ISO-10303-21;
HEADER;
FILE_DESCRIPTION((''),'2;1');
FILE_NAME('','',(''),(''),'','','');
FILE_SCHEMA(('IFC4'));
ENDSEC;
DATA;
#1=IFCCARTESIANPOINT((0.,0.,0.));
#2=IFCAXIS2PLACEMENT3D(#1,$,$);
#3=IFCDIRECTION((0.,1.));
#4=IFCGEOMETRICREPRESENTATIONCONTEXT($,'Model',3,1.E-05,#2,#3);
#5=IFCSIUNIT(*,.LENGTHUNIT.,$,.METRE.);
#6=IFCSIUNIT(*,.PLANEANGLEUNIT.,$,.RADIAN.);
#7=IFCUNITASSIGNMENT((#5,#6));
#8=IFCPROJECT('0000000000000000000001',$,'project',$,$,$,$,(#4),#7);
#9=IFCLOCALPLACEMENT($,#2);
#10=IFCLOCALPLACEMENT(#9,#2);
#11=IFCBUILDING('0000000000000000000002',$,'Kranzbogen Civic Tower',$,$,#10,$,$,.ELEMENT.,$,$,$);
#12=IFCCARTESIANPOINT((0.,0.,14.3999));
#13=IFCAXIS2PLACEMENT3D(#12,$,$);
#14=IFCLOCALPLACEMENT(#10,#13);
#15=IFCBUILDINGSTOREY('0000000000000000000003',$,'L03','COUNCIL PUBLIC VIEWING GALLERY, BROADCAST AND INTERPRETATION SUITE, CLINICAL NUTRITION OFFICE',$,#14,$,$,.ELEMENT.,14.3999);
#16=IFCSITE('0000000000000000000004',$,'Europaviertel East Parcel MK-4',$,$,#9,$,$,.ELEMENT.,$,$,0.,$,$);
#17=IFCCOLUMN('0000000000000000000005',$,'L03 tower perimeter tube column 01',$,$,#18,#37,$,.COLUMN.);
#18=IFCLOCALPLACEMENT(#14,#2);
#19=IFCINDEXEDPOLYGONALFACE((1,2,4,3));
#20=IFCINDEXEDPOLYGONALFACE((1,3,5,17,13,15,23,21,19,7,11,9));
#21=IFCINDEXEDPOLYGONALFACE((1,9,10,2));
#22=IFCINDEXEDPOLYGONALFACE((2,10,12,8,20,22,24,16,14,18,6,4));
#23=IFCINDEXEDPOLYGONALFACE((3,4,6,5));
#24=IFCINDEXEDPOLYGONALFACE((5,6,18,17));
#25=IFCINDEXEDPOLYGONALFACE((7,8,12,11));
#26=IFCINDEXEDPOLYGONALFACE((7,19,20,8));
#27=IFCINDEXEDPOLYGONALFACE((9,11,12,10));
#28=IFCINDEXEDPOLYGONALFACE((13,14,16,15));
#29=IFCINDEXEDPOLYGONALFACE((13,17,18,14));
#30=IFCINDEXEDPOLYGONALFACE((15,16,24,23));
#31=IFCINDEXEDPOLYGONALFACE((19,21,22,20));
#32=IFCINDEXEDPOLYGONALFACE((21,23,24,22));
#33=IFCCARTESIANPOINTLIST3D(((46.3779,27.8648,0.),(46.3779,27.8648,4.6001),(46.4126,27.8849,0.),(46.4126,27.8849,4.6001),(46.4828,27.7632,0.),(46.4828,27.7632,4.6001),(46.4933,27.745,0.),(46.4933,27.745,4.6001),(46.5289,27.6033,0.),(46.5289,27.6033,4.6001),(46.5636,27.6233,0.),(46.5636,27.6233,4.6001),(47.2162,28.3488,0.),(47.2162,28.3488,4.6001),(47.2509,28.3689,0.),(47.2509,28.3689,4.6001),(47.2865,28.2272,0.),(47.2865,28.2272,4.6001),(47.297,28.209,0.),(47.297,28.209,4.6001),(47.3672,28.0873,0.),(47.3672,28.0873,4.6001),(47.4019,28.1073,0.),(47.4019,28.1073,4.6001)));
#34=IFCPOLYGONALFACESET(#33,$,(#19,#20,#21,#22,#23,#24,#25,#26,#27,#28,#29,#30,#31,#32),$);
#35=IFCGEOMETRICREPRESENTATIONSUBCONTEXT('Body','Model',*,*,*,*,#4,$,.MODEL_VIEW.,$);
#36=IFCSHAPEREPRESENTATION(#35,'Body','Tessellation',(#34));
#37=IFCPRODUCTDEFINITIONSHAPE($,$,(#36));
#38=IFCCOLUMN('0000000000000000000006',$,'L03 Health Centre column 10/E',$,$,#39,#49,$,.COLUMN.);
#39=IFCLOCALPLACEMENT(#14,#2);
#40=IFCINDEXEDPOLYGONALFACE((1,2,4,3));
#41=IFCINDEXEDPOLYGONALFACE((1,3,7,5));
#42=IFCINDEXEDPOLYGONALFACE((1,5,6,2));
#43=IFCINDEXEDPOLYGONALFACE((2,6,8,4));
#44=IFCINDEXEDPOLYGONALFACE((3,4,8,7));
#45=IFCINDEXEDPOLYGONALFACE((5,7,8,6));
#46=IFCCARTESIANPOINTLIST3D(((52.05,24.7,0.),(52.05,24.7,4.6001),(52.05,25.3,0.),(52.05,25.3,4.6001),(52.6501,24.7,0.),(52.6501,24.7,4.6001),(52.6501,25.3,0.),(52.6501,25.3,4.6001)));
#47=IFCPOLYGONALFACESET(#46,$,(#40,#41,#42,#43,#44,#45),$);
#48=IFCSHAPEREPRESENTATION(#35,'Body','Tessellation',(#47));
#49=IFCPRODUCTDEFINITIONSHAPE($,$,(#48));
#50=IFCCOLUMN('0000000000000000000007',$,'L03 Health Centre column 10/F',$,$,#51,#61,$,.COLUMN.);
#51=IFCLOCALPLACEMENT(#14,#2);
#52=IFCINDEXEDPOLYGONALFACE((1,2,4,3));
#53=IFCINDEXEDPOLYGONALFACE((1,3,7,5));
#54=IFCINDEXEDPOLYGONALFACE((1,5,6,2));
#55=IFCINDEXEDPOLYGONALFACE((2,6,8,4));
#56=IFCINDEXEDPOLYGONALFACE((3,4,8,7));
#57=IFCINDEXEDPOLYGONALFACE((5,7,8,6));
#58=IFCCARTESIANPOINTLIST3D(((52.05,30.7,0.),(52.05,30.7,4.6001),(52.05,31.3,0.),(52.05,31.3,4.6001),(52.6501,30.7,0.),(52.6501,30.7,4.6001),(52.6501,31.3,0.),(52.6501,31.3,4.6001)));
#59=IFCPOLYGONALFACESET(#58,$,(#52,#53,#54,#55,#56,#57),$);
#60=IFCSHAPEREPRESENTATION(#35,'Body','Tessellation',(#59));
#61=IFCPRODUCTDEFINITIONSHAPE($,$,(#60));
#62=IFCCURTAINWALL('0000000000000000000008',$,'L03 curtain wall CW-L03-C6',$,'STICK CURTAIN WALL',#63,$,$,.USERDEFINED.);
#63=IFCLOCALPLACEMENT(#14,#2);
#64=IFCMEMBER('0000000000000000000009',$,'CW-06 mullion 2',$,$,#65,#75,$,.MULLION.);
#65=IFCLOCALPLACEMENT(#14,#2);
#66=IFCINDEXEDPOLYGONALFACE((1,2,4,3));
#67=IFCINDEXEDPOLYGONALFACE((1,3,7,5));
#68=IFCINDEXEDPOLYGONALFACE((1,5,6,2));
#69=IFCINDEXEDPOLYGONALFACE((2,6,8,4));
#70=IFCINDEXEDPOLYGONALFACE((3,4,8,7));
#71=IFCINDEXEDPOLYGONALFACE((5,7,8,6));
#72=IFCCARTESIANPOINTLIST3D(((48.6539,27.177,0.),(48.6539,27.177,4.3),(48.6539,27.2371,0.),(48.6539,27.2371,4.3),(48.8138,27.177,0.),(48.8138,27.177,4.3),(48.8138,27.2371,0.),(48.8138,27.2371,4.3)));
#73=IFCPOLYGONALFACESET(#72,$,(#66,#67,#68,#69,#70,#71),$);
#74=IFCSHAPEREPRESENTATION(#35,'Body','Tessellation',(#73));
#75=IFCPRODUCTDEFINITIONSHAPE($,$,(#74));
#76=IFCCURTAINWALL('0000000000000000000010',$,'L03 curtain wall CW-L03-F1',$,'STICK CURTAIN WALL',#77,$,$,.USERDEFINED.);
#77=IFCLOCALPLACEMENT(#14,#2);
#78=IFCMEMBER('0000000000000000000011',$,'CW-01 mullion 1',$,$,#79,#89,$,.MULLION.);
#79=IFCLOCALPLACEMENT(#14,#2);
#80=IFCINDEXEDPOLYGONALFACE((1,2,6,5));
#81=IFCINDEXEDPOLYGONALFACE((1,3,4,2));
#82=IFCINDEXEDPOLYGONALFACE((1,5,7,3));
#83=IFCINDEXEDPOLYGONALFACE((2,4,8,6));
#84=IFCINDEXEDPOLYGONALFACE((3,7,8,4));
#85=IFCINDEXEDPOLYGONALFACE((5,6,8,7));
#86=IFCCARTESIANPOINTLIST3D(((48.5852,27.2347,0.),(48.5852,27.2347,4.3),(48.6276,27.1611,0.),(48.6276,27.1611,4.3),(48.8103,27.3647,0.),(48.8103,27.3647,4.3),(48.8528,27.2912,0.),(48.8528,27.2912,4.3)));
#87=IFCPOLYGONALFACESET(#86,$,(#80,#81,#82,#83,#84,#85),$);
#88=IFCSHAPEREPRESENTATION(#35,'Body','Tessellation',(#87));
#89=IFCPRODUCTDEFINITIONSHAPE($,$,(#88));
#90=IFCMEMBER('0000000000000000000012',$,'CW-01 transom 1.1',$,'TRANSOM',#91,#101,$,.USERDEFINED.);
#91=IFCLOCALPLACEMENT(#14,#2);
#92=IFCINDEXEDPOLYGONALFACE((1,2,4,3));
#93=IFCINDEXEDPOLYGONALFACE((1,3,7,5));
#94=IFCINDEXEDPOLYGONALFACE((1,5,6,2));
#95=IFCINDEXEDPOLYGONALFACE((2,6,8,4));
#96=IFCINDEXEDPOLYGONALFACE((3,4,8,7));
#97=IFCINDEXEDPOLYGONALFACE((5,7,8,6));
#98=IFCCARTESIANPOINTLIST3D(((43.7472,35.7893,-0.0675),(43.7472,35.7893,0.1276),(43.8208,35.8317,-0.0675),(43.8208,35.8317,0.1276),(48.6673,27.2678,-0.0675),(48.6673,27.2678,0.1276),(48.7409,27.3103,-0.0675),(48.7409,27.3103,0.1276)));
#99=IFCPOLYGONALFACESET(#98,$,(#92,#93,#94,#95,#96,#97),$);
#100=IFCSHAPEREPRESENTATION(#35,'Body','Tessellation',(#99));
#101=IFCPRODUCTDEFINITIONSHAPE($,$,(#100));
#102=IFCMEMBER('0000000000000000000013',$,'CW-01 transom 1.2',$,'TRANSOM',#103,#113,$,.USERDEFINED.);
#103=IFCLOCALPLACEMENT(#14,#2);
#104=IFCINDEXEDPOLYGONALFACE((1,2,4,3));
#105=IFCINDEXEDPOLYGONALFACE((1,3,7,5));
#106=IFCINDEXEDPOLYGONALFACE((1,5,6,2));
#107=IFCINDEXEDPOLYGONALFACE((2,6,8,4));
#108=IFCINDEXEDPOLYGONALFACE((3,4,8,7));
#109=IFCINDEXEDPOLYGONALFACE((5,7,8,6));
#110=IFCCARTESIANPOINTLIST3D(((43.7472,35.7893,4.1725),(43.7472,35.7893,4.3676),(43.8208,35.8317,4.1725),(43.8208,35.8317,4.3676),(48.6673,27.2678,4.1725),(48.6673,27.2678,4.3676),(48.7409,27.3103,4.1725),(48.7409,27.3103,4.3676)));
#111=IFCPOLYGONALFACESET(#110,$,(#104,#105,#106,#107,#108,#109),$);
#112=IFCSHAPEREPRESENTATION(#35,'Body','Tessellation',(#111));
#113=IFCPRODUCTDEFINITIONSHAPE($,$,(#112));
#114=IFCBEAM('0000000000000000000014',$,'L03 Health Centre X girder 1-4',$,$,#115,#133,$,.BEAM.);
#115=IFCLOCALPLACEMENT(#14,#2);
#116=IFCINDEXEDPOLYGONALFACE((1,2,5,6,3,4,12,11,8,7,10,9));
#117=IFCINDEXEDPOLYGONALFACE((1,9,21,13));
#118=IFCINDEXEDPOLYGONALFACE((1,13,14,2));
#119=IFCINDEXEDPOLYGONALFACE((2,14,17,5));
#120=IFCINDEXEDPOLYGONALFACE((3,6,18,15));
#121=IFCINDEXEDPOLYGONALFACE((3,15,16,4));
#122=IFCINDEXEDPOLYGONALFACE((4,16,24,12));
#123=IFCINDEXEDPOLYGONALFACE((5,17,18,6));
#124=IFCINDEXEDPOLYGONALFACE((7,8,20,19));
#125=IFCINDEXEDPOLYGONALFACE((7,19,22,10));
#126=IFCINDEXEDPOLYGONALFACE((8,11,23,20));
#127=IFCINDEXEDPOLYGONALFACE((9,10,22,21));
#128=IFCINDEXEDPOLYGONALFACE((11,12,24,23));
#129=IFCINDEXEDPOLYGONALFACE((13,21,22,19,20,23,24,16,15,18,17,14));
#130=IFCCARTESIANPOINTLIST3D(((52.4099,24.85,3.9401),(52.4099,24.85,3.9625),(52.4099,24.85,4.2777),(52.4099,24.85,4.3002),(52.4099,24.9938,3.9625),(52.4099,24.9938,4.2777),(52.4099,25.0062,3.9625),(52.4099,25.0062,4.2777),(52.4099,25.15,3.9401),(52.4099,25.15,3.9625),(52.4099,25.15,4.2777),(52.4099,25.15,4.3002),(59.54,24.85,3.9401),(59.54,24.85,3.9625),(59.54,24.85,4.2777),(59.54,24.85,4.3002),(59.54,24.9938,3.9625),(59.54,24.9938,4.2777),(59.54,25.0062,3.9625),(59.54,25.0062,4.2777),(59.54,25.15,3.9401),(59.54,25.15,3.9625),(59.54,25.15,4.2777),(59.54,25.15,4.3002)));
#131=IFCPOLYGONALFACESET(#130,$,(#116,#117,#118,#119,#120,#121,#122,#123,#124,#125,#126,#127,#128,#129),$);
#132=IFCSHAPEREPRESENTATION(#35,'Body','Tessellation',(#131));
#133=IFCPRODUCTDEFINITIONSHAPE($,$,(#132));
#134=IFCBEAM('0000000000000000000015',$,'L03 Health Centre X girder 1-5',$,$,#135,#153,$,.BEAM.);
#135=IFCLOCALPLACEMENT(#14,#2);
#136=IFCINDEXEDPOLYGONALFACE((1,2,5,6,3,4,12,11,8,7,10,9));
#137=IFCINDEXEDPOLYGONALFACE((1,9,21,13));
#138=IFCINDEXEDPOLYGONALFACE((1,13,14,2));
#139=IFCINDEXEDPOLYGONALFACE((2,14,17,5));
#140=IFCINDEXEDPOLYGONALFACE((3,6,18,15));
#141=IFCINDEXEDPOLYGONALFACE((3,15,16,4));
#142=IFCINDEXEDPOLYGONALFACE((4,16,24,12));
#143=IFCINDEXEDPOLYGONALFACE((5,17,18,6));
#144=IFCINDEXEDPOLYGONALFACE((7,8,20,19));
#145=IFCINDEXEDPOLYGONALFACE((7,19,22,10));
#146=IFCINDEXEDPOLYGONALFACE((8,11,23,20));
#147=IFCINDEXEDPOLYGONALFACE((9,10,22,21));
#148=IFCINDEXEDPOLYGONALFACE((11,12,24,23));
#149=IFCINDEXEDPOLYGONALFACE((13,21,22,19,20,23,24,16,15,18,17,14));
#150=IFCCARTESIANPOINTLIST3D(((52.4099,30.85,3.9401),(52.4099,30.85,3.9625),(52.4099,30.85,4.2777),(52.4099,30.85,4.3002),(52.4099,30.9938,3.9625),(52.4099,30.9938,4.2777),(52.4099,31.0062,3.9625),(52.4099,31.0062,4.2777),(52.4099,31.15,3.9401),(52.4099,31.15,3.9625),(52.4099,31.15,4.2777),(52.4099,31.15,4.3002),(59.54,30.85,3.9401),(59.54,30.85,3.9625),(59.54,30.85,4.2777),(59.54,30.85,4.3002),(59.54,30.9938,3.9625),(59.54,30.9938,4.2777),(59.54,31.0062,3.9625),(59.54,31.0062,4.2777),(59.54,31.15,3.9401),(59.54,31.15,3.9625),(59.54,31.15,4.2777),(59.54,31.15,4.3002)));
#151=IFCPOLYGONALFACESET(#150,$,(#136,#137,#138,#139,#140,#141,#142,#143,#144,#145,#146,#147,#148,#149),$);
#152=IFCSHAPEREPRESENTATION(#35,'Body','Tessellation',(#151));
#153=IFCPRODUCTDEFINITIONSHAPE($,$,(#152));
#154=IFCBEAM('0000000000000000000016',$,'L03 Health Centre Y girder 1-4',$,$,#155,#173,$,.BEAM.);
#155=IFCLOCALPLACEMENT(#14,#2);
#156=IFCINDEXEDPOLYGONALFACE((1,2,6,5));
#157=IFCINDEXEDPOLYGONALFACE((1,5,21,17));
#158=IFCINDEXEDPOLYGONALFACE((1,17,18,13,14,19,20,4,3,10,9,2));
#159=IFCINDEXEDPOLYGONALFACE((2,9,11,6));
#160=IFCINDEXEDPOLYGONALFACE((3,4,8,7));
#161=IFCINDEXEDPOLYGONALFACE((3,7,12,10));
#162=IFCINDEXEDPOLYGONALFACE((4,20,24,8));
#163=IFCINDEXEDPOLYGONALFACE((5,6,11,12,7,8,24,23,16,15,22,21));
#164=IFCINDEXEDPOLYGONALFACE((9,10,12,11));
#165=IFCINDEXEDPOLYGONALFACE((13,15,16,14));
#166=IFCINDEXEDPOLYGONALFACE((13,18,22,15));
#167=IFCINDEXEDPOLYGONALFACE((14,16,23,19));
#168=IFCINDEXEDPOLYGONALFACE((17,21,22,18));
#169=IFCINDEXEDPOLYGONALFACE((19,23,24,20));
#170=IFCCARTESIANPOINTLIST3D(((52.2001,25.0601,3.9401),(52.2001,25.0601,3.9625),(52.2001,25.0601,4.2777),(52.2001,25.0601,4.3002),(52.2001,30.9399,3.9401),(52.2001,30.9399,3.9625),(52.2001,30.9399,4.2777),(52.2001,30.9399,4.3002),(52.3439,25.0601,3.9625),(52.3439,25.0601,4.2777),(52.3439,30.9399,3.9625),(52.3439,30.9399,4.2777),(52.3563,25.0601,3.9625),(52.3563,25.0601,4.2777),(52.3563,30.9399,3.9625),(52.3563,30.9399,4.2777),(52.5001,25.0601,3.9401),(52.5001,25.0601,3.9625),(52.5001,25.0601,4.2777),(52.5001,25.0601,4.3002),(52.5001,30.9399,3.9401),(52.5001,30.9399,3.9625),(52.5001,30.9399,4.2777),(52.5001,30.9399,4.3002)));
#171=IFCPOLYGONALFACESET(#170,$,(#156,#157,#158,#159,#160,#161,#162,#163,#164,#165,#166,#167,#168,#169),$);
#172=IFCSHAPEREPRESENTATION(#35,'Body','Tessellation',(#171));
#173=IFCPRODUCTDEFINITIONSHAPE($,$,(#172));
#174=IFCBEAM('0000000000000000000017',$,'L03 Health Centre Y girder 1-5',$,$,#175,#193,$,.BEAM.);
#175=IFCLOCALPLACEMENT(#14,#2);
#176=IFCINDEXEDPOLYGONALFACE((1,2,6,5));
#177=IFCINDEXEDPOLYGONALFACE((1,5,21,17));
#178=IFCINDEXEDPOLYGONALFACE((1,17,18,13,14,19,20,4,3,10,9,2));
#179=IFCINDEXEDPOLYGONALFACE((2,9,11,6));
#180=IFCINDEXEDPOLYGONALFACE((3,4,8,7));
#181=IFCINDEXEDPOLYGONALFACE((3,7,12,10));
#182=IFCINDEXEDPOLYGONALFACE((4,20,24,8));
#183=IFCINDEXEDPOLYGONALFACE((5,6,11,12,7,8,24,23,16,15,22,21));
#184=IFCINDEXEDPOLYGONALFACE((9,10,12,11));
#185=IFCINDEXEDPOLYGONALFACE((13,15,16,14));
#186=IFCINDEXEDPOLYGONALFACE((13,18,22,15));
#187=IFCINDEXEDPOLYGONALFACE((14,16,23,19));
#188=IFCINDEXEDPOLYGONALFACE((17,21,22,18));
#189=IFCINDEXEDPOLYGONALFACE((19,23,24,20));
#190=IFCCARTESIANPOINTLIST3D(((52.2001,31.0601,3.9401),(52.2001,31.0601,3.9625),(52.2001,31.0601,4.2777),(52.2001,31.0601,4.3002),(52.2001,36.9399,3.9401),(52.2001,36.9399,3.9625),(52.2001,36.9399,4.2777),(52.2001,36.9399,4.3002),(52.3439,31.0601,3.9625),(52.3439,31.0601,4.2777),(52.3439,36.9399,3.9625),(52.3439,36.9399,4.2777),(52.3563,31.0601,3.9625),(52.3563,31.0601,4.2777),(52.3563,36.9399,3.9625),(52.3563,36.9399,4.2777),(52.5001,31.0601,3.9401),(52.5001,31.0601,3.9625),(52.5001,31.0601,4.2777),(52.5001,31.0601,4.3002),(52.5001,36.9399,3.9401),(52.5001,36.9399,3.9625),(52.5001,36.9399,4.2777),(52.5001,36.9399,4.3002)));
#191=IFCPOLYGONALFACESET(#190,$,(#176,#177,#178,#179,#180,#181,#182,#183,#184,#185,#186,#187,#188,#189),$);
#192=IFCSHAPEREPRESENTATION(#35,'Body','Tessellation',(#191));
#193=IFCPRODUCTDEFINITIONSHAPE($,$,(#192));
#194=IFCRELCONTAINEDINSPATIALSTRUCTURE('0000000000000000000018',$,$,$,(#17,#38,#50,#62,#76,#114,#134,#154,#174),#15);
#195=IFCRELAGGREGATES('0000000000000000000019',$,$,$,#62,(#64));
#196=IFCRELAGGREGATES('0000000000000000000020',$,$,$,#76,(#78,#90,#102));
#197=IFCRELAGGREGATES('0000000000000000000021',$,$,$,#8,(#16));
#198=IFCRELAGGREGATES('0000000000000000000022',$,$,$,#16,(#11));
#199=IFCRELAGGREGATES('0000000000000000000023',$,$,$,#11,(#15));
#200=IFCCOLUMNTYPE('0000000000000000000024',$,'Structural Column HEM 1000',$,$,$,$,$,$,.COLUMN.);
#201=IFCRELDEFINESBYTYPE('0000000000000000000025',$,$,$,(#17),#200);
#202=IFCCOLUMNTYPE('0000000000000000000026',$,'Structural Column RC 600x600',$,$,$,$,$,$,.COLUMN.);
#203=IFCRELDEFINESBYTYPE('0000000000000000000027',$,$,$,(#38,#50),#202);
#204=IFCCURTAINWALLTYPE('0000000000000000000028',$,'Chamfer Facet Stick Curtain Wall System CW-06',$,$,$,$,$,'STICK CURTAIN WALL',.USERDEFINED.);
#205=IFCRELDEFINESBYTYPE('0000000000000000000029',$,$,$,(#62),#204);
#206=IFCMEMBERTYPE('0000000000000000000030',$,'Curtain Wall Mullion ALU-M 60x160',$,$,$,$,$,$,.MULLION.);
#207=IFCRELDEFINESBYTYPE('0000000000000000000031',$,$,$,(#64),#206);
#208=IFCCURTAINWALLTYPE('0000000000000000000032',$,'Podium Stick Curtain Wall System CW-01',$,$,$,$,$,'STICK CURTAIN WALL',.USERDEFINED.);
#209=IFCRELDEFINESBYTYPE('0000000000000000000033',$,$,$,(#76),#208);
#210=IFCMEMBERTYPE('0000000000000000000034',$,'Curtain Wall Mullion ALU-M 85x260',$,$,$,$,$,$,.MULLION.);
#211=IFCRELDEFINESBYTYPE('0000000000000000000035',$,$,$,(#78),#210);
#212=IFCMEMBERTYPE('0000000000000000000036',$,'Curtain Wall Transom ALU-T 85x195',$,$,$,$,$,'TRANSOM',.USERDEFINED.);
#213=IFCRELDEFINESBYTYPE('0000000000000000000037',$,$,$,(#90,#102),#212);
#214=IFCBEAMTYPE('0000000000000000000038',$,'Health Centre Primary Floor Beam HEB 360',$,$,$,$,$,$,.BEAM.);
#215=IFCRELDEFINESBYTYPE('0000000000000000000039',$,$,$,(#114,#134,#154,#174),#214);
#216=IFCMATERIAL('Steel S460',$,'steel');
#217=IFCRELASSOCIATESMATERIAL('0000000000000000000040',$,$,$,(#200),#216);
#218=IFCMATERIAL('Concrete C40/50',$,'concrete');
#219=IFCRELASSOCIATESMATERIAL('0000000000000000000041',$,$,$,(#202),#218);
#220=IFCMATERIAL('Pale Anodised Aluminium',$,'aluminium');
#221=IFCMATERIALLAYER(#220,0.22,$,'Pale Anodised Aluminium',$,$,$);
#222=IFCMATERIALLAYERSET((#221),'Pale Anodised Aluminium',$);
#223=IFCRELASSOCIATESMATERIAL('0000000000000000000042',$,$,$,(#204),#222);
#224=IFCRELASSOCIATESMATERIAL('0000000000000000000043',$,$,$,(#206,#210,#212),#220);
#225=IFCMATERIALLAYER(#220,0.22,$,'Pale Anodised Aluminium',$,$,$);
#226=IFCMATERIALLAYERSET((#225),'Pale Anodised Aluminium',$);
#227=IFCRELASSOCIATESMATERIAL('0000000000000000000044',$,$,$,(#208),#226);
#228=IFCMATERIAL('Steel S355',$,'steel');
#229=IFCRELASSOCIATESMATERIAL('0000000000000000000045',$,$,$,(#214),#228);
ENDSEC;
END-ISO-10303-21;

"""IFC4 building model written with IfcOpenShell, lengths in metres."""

from ifc_helpers import new_model, si_unit, direction, frame, origin, origin_2d, place, context, subcontext, project, spatial, rectangle, i_section, extrude, material, layer, layer_set, material_profile, profile_set, type_object, element, aggregate, save


model = new_model("IFC4")

# Units and contexts
model_context = context("Model", 3, precision=1e-05, world=origin(), true_north=direction((0.0, 1.0)))
body_context = subcontext(model_context, "Body", "Model", "MODEL_VIEW")
ifc_project = project(units=[si_unit("LENGTHUNIT", "METRE"), si_unit("PLANEANGLEUNIT", "RADIAN")], contexts=[model_context])

# Site, building, storey
site_placement = place(None, origin())
site = spatial("IfcSite", under=ifc_project, at=site_placement, Name="Europaviertel East Parcel MK-4", CompositionType="ELEMENT", RefElevation=0.0)
building_placement = place(site_placement, origin())
building = spatial("IfcBuilding", under=site, at=building_placement, Name="Kranzbogen Civic Tower", CompositionType="ELEMENT")
storey_placement = place(building_placement, frame((0.0, 0.0, 14.3999)))
storey = spatial("IfcBuildingStorey", under=building, at=storey_placement, Name="L03", Description="COUNCIL PUBLIC VIEWING GALLERY, BROADCAST AND INTERPRETATION SUITE, CLINICAL NUTRITION OFFICE", CompositionType="ELEMENT", Elevation=14.3999)

# Columns
ifc_material_1 = material(Name="Steel S460", Category="steel")
ifc_material_profile_1 = material_profile(ifc_material_1, i_section(OverallWidth=0.302, OverallDepth=1.0081, WebThickness=0.021, FlangeThickness=0.04, at=origin_2d()), Name="HEM 1000")
ifc_profile_set_1 = profile_set([ifc_material_profile_1], Name="Steel S460")
column_type_1 = type_object("IfcColumnType", Name="Structural Column HEM 1000", PredefinedType="COLUMN", material=ifc_profile_set_1)
column_placement = place(storey_placement, frame((46.8899, 27.9861, 0.0), z_axis=(0.0, 0.0, 1.0), x_axis=(-0.5, 0.866025, 0.0)))
element("IfcColumn", 1, at=column_placement, inside=storey, type_object=column_type_1, Name="L03 tower perimeter tube column 01", PredefinedType="COLUMN", context=body_context, shape_type="SweptSolid", body=[
    extrude(i_section(OverallWidth=0.302, OverallDepth=1.0081, WebThickness=0.021, FlangeThickness=0.04, at=origin_2d()), origin(), (0.0, 0.0, 1.0), 4.6001),
])
ifc_material_2 = material(Name="Concrete C40/50", Category="concrete")
ifc_material_profile_2 = material_profile(ifc_material_2, rectangle(XDim=0.6001, YDim=0.6001, at=origin_2d()), Name="RC 600x600")
ifc_profile_set_2 = profile_set([ifc_material_profile_2], Name="Concrete C40/50")
column_type_2 = type_object("IfcColumnType", Name="Structural Column RC 600x600", PredefinedType="COLUMN", material=ifc_profile_set_2)
for number, where, z_axis, x_axis, name in (
    (2, (52.3501, 25.0, 0.0), (0.0, 0.0, 1.0), (1.0, 0.0, 0.0), "L03 Health Centre column 10/E"),
    (3, (52.3501, 31.0, 0.0), (0.0, 0.0, 1.0), (1.0, 0.0, 0.0), "L03 Health Centre column 10/F"),
):
    element("IfcColumn", number, at=place(storey_placement, frame(where, z_axis=z_axis, x_axis=x_axis)), inside=storey, type_object=column_type_2, Name=name, PredefinedType="COLUMN", context=body_context, shape_type="SweptSolid", body=[
        extrude(rectangle(XDim=0.6001, YDim=0.6001, at=origin_2d()), origin(), (0.0, 0.0, 1.0), 4.6001),
    ])

# Curtain wall, member
ifc_material_3 = material(Name="Pale Anodised Aluminium", Category="aluminium")
ifc_layer_1 = layer(ifc_material_3, 0.22, Name="Pale Anodised Aluminium")
ifc_layer_set_1 = layer_set([ifc_layer_1], Name="Pale Anodised Aluminium")
curtain_wall_type_1 = type_object("IfcCurtainWallType", Name="Chamfer Facet Stick Curtain Wall System CW-06", ElementType="STICK CURTAIN WALL", PredefinedType="USERDEFINED", material=ifc_layer_set_1)
curtain_wall_1_placement = place(storey_placement, origin())
curtain_wall_1 = element("IfcCurtainWall", 4, at=curtain_wall_1_placement, inside=storey, type_object=curtain_wall_type_1, Name="L03 curtain wall CW-L03-C6", ObjectType="STICK CURTAIN WALL", PredefinedType="USERDEFINED")
ifc_material_profile_3 = material_profile(ifc_material_3, rectangle(XDim=0.0601, YDim=0.1599, at=origin_2d()), Name="ALU-M 60x160")
ifc_profile_set_3 = profile_set([ifc_material_profile_3], Name="Pale Anodised Aluminium")
member_type_1 = type_object("IfcMemberType", Name="Curtain Wall Mullion ALU-M 60x160", PredefinedType="MULLION", material=ifc_profile_set_3)
member_1_placement = place(storey_placement, frame((48.7339, 27.207, 0.0), z_axis=(0.0, 0.0, 1.0), x_axis=(0.0, 1.0, 0.0)))
member_1 = element("IfcMember", 5, at=member_1_placement, type_object=member_type_1, Name="CW-06 mullion 2", PredefinedType="MULLION", context=body_context, shape_type="SweptSolid", body=[
    extrude(rectangle(XDim=0.0601, YDim=0.1599, at=origin_2d()), origin(), (0.0, 0.0, 1.0), 4.3),
])

# Curtain wall, members
ifc_layer_2 = layer(ifc_material_3, 0.22, Name="Pale Anodised Aluminium")
ifc_layer_set_2 = layer_set([ifc_layer_2], Name="Pale Anodised Aluminium")
curtain_wall_type_2 = type_object("IfcCurtainWallType", Name="Podium Stick Curtain Wall System CW-01", ElementType="STICK CURTAIN WALL", PredefinedType="USERDEFINED", material=ifc_layer_set_2)
curtain_wall_2_placement = place(storey_placement, origin())
curtain_wall_2 = element("IfcCurtainWall", 6, at=curtain_wall_2_placement, inside=storey, type_object=curtain_wall_type_2, Name="L03 curtain wall CW-L03-F1", ObjectType="STICK CURTAIN WALL", PredefinedType="USERDEFINED")
ifc_material_profile_4 = material_profile(ifc_material_3, rectangle(XDim=0.085, YDim=0.26, at=origin_2d()), Name="ALU-M 85x260")
ifc_profile_set_4 = profile_set([ifc_material_profile_4], Name="Pale Anodised Aluminium")
member_type_2 = type_object("IfcMemberType", Name="Curtain Wall Mullion ALU-M 85x260", PredefinedType="MULLION", material=ifc_profile_set_4)
member_2_placement = place(storey_placement, frame((48.719, 27.2629, 0.0), z_axis=(0.0, 0.0, 1.0), x_axis=(-0.500006, 0.866022, 0.0)))
member_2 = element("IfcMember", 7, at=member_2_placement, type_object=member_type_2, Name="CW-01 mullion 1", PredefinedType="MULLION", context=body_context, shape_type="SweptSolid", body=[
    extrude(rectangle(XDim=0.085, YDim=0.26, at=origin_2d()), origin(), (0.0, 0.0, 1.0), 4.3),
])
ifc_material_profile_5 = material_profile(ifc_material_3, rectangle(XDim=0.085, YDim=0.1951, at=origin_2d()), Name="ALU-T 85x195")
ifc_profile_set_5 = profile_set([ifc_material_profile_5], Name="Pale Anodised Aluminium")
member_type_3 = type_object("IfcMemberType", Name="Curtain Wall Transom ALU-T 85x195", ElementType="TRANSOM", PredefinedType="USERDEFINED", material=ifc_profile_set_5)
member_3_placement = place(storey_placement, frame((48.7041, 27.2891, 0.03), z_axis=(-0.500022, 0.866013, 0.0), x_axis=(-0.866013, -0.500022, 0.0)))
member_3 = element("IfcMember", 8, at=member_3_placement, type_object=member_type_3, Name="CW-01 transom 1.1", ObjectType="TRANSOM", PredefinedType="USERDEFINED", context=body_context, shape_type="SweptSolid", body=[
    extrude(rectangle(XDim=0.085, YDim=0.1951, at=origin_2d()), origin(), (0.0, 0.0, 1.0), 9.8398),
])
member_4_placement = place(storey_placement, frame((48.7041, 27.2891, 4.27), z_axis=(-0.500022, 0.866013, 0.0), x_axis=(-0.866013, -0.500022, 0.0)))
member_4 = element("IfcMember", 9, at=member_4_placement, type_object=member_type_3, Name="CW-01 transom 1.2", ObjectType="TRANSOM", PredefinedType="USERDEFINED", context=body_context, shape_type="SweptSolid", body=[
    extrude(rectangle(XDim=0.085, YDim=0.1951, at=origin_2d()), origin(), (0.0, 0.0, 1.0), 9.8398),
])

# Beams
ifc_material_4 = material(Name="Steel S355", Category="steel")
ifc_material_profile_6 = material_profile(ifc_material_4, i_section(OverallWidth=0.3, OverallDepth=0.3601, WebThickness=0.0125, FlangeThickness=0.0225, at=origin_2d()), Name="HEB 360")
ifc_profile_set_6 = profile_set([ifc_material_profile_6], Name="Steel S355")
beam_type_1 = type_object("IfcBeamType", Name="Health Centre Primary Floor Beam HEB 360", PredefinedType="BEAM", material=ifc_profile_set_6)
for number, where, z_axis, x_axis, name in (
    (10, (52.4099, 25.0, 4.1201), (1.0, 0.0, 0.0), (0.0, 1.0, 0.0), "L03 Health Centre X girder 1-4"),
    (11, (52.4099, 31.0, 4.1201), (1.0, 0.0, 0.0), (0.0, 1.0, 0.0), "L03 Health Centre X girder 1-5"),
):
    element("IfcBeam", number, at=place(storey_placement, frame(where, z_axis=z_axis, x_axis=x_axis)), inside=storey, type_object=beam_type_1, Name=name, PredefinedType="BEAM", context=body_context, shape_type="SweptSolid", body=[
        extrude(i_section(OverallWidth=0.3, OverallDepth=0.3601, WebThickness=0.0125, FlangeThickness=0.0225, at=origin_2d()), origin(), (0.0, 0.0, 1.0), 7.1301),
    ])
for number, where, z_axis, x_axis, name in (
    (12, (52.3501, 25.0601, 4.1201), (0.0, 1.0, 0.0), (-1.0, 0.0, 0.0), "L03 Health Centre Y girder 1-4"),
    (13, (52.3501, 31.0601, 4.1201), (0.0, 1.0, 0.0), (-1.0, 0.0, 0.0), "L03 Health Centre Y girder 1-5"),
):
    element("IfcBeam", number, at=place(storey_placement, frame(where, z_axis=z_axis, x_axis=x_axis)), inside=storey, type_object=beam_type_1, Name=name, PredefinedType="BEAM", context=body_context, shape_type="SweptSolid", body=[
        extrude(i_section(OverallWidth=0.3, OverallDepth=0.3601, WebThickness=0.0125, FlangeThickness=0.0225, at=origin_2d()), origin(), (0.0, 0.0, 1.0), 5.8799),
    ])

aggregate(curtain_wall_1, [member_1])
aggregate(curtain_wall_2, [member_2, member_3, member_4])

save(model, "model.ifc")
